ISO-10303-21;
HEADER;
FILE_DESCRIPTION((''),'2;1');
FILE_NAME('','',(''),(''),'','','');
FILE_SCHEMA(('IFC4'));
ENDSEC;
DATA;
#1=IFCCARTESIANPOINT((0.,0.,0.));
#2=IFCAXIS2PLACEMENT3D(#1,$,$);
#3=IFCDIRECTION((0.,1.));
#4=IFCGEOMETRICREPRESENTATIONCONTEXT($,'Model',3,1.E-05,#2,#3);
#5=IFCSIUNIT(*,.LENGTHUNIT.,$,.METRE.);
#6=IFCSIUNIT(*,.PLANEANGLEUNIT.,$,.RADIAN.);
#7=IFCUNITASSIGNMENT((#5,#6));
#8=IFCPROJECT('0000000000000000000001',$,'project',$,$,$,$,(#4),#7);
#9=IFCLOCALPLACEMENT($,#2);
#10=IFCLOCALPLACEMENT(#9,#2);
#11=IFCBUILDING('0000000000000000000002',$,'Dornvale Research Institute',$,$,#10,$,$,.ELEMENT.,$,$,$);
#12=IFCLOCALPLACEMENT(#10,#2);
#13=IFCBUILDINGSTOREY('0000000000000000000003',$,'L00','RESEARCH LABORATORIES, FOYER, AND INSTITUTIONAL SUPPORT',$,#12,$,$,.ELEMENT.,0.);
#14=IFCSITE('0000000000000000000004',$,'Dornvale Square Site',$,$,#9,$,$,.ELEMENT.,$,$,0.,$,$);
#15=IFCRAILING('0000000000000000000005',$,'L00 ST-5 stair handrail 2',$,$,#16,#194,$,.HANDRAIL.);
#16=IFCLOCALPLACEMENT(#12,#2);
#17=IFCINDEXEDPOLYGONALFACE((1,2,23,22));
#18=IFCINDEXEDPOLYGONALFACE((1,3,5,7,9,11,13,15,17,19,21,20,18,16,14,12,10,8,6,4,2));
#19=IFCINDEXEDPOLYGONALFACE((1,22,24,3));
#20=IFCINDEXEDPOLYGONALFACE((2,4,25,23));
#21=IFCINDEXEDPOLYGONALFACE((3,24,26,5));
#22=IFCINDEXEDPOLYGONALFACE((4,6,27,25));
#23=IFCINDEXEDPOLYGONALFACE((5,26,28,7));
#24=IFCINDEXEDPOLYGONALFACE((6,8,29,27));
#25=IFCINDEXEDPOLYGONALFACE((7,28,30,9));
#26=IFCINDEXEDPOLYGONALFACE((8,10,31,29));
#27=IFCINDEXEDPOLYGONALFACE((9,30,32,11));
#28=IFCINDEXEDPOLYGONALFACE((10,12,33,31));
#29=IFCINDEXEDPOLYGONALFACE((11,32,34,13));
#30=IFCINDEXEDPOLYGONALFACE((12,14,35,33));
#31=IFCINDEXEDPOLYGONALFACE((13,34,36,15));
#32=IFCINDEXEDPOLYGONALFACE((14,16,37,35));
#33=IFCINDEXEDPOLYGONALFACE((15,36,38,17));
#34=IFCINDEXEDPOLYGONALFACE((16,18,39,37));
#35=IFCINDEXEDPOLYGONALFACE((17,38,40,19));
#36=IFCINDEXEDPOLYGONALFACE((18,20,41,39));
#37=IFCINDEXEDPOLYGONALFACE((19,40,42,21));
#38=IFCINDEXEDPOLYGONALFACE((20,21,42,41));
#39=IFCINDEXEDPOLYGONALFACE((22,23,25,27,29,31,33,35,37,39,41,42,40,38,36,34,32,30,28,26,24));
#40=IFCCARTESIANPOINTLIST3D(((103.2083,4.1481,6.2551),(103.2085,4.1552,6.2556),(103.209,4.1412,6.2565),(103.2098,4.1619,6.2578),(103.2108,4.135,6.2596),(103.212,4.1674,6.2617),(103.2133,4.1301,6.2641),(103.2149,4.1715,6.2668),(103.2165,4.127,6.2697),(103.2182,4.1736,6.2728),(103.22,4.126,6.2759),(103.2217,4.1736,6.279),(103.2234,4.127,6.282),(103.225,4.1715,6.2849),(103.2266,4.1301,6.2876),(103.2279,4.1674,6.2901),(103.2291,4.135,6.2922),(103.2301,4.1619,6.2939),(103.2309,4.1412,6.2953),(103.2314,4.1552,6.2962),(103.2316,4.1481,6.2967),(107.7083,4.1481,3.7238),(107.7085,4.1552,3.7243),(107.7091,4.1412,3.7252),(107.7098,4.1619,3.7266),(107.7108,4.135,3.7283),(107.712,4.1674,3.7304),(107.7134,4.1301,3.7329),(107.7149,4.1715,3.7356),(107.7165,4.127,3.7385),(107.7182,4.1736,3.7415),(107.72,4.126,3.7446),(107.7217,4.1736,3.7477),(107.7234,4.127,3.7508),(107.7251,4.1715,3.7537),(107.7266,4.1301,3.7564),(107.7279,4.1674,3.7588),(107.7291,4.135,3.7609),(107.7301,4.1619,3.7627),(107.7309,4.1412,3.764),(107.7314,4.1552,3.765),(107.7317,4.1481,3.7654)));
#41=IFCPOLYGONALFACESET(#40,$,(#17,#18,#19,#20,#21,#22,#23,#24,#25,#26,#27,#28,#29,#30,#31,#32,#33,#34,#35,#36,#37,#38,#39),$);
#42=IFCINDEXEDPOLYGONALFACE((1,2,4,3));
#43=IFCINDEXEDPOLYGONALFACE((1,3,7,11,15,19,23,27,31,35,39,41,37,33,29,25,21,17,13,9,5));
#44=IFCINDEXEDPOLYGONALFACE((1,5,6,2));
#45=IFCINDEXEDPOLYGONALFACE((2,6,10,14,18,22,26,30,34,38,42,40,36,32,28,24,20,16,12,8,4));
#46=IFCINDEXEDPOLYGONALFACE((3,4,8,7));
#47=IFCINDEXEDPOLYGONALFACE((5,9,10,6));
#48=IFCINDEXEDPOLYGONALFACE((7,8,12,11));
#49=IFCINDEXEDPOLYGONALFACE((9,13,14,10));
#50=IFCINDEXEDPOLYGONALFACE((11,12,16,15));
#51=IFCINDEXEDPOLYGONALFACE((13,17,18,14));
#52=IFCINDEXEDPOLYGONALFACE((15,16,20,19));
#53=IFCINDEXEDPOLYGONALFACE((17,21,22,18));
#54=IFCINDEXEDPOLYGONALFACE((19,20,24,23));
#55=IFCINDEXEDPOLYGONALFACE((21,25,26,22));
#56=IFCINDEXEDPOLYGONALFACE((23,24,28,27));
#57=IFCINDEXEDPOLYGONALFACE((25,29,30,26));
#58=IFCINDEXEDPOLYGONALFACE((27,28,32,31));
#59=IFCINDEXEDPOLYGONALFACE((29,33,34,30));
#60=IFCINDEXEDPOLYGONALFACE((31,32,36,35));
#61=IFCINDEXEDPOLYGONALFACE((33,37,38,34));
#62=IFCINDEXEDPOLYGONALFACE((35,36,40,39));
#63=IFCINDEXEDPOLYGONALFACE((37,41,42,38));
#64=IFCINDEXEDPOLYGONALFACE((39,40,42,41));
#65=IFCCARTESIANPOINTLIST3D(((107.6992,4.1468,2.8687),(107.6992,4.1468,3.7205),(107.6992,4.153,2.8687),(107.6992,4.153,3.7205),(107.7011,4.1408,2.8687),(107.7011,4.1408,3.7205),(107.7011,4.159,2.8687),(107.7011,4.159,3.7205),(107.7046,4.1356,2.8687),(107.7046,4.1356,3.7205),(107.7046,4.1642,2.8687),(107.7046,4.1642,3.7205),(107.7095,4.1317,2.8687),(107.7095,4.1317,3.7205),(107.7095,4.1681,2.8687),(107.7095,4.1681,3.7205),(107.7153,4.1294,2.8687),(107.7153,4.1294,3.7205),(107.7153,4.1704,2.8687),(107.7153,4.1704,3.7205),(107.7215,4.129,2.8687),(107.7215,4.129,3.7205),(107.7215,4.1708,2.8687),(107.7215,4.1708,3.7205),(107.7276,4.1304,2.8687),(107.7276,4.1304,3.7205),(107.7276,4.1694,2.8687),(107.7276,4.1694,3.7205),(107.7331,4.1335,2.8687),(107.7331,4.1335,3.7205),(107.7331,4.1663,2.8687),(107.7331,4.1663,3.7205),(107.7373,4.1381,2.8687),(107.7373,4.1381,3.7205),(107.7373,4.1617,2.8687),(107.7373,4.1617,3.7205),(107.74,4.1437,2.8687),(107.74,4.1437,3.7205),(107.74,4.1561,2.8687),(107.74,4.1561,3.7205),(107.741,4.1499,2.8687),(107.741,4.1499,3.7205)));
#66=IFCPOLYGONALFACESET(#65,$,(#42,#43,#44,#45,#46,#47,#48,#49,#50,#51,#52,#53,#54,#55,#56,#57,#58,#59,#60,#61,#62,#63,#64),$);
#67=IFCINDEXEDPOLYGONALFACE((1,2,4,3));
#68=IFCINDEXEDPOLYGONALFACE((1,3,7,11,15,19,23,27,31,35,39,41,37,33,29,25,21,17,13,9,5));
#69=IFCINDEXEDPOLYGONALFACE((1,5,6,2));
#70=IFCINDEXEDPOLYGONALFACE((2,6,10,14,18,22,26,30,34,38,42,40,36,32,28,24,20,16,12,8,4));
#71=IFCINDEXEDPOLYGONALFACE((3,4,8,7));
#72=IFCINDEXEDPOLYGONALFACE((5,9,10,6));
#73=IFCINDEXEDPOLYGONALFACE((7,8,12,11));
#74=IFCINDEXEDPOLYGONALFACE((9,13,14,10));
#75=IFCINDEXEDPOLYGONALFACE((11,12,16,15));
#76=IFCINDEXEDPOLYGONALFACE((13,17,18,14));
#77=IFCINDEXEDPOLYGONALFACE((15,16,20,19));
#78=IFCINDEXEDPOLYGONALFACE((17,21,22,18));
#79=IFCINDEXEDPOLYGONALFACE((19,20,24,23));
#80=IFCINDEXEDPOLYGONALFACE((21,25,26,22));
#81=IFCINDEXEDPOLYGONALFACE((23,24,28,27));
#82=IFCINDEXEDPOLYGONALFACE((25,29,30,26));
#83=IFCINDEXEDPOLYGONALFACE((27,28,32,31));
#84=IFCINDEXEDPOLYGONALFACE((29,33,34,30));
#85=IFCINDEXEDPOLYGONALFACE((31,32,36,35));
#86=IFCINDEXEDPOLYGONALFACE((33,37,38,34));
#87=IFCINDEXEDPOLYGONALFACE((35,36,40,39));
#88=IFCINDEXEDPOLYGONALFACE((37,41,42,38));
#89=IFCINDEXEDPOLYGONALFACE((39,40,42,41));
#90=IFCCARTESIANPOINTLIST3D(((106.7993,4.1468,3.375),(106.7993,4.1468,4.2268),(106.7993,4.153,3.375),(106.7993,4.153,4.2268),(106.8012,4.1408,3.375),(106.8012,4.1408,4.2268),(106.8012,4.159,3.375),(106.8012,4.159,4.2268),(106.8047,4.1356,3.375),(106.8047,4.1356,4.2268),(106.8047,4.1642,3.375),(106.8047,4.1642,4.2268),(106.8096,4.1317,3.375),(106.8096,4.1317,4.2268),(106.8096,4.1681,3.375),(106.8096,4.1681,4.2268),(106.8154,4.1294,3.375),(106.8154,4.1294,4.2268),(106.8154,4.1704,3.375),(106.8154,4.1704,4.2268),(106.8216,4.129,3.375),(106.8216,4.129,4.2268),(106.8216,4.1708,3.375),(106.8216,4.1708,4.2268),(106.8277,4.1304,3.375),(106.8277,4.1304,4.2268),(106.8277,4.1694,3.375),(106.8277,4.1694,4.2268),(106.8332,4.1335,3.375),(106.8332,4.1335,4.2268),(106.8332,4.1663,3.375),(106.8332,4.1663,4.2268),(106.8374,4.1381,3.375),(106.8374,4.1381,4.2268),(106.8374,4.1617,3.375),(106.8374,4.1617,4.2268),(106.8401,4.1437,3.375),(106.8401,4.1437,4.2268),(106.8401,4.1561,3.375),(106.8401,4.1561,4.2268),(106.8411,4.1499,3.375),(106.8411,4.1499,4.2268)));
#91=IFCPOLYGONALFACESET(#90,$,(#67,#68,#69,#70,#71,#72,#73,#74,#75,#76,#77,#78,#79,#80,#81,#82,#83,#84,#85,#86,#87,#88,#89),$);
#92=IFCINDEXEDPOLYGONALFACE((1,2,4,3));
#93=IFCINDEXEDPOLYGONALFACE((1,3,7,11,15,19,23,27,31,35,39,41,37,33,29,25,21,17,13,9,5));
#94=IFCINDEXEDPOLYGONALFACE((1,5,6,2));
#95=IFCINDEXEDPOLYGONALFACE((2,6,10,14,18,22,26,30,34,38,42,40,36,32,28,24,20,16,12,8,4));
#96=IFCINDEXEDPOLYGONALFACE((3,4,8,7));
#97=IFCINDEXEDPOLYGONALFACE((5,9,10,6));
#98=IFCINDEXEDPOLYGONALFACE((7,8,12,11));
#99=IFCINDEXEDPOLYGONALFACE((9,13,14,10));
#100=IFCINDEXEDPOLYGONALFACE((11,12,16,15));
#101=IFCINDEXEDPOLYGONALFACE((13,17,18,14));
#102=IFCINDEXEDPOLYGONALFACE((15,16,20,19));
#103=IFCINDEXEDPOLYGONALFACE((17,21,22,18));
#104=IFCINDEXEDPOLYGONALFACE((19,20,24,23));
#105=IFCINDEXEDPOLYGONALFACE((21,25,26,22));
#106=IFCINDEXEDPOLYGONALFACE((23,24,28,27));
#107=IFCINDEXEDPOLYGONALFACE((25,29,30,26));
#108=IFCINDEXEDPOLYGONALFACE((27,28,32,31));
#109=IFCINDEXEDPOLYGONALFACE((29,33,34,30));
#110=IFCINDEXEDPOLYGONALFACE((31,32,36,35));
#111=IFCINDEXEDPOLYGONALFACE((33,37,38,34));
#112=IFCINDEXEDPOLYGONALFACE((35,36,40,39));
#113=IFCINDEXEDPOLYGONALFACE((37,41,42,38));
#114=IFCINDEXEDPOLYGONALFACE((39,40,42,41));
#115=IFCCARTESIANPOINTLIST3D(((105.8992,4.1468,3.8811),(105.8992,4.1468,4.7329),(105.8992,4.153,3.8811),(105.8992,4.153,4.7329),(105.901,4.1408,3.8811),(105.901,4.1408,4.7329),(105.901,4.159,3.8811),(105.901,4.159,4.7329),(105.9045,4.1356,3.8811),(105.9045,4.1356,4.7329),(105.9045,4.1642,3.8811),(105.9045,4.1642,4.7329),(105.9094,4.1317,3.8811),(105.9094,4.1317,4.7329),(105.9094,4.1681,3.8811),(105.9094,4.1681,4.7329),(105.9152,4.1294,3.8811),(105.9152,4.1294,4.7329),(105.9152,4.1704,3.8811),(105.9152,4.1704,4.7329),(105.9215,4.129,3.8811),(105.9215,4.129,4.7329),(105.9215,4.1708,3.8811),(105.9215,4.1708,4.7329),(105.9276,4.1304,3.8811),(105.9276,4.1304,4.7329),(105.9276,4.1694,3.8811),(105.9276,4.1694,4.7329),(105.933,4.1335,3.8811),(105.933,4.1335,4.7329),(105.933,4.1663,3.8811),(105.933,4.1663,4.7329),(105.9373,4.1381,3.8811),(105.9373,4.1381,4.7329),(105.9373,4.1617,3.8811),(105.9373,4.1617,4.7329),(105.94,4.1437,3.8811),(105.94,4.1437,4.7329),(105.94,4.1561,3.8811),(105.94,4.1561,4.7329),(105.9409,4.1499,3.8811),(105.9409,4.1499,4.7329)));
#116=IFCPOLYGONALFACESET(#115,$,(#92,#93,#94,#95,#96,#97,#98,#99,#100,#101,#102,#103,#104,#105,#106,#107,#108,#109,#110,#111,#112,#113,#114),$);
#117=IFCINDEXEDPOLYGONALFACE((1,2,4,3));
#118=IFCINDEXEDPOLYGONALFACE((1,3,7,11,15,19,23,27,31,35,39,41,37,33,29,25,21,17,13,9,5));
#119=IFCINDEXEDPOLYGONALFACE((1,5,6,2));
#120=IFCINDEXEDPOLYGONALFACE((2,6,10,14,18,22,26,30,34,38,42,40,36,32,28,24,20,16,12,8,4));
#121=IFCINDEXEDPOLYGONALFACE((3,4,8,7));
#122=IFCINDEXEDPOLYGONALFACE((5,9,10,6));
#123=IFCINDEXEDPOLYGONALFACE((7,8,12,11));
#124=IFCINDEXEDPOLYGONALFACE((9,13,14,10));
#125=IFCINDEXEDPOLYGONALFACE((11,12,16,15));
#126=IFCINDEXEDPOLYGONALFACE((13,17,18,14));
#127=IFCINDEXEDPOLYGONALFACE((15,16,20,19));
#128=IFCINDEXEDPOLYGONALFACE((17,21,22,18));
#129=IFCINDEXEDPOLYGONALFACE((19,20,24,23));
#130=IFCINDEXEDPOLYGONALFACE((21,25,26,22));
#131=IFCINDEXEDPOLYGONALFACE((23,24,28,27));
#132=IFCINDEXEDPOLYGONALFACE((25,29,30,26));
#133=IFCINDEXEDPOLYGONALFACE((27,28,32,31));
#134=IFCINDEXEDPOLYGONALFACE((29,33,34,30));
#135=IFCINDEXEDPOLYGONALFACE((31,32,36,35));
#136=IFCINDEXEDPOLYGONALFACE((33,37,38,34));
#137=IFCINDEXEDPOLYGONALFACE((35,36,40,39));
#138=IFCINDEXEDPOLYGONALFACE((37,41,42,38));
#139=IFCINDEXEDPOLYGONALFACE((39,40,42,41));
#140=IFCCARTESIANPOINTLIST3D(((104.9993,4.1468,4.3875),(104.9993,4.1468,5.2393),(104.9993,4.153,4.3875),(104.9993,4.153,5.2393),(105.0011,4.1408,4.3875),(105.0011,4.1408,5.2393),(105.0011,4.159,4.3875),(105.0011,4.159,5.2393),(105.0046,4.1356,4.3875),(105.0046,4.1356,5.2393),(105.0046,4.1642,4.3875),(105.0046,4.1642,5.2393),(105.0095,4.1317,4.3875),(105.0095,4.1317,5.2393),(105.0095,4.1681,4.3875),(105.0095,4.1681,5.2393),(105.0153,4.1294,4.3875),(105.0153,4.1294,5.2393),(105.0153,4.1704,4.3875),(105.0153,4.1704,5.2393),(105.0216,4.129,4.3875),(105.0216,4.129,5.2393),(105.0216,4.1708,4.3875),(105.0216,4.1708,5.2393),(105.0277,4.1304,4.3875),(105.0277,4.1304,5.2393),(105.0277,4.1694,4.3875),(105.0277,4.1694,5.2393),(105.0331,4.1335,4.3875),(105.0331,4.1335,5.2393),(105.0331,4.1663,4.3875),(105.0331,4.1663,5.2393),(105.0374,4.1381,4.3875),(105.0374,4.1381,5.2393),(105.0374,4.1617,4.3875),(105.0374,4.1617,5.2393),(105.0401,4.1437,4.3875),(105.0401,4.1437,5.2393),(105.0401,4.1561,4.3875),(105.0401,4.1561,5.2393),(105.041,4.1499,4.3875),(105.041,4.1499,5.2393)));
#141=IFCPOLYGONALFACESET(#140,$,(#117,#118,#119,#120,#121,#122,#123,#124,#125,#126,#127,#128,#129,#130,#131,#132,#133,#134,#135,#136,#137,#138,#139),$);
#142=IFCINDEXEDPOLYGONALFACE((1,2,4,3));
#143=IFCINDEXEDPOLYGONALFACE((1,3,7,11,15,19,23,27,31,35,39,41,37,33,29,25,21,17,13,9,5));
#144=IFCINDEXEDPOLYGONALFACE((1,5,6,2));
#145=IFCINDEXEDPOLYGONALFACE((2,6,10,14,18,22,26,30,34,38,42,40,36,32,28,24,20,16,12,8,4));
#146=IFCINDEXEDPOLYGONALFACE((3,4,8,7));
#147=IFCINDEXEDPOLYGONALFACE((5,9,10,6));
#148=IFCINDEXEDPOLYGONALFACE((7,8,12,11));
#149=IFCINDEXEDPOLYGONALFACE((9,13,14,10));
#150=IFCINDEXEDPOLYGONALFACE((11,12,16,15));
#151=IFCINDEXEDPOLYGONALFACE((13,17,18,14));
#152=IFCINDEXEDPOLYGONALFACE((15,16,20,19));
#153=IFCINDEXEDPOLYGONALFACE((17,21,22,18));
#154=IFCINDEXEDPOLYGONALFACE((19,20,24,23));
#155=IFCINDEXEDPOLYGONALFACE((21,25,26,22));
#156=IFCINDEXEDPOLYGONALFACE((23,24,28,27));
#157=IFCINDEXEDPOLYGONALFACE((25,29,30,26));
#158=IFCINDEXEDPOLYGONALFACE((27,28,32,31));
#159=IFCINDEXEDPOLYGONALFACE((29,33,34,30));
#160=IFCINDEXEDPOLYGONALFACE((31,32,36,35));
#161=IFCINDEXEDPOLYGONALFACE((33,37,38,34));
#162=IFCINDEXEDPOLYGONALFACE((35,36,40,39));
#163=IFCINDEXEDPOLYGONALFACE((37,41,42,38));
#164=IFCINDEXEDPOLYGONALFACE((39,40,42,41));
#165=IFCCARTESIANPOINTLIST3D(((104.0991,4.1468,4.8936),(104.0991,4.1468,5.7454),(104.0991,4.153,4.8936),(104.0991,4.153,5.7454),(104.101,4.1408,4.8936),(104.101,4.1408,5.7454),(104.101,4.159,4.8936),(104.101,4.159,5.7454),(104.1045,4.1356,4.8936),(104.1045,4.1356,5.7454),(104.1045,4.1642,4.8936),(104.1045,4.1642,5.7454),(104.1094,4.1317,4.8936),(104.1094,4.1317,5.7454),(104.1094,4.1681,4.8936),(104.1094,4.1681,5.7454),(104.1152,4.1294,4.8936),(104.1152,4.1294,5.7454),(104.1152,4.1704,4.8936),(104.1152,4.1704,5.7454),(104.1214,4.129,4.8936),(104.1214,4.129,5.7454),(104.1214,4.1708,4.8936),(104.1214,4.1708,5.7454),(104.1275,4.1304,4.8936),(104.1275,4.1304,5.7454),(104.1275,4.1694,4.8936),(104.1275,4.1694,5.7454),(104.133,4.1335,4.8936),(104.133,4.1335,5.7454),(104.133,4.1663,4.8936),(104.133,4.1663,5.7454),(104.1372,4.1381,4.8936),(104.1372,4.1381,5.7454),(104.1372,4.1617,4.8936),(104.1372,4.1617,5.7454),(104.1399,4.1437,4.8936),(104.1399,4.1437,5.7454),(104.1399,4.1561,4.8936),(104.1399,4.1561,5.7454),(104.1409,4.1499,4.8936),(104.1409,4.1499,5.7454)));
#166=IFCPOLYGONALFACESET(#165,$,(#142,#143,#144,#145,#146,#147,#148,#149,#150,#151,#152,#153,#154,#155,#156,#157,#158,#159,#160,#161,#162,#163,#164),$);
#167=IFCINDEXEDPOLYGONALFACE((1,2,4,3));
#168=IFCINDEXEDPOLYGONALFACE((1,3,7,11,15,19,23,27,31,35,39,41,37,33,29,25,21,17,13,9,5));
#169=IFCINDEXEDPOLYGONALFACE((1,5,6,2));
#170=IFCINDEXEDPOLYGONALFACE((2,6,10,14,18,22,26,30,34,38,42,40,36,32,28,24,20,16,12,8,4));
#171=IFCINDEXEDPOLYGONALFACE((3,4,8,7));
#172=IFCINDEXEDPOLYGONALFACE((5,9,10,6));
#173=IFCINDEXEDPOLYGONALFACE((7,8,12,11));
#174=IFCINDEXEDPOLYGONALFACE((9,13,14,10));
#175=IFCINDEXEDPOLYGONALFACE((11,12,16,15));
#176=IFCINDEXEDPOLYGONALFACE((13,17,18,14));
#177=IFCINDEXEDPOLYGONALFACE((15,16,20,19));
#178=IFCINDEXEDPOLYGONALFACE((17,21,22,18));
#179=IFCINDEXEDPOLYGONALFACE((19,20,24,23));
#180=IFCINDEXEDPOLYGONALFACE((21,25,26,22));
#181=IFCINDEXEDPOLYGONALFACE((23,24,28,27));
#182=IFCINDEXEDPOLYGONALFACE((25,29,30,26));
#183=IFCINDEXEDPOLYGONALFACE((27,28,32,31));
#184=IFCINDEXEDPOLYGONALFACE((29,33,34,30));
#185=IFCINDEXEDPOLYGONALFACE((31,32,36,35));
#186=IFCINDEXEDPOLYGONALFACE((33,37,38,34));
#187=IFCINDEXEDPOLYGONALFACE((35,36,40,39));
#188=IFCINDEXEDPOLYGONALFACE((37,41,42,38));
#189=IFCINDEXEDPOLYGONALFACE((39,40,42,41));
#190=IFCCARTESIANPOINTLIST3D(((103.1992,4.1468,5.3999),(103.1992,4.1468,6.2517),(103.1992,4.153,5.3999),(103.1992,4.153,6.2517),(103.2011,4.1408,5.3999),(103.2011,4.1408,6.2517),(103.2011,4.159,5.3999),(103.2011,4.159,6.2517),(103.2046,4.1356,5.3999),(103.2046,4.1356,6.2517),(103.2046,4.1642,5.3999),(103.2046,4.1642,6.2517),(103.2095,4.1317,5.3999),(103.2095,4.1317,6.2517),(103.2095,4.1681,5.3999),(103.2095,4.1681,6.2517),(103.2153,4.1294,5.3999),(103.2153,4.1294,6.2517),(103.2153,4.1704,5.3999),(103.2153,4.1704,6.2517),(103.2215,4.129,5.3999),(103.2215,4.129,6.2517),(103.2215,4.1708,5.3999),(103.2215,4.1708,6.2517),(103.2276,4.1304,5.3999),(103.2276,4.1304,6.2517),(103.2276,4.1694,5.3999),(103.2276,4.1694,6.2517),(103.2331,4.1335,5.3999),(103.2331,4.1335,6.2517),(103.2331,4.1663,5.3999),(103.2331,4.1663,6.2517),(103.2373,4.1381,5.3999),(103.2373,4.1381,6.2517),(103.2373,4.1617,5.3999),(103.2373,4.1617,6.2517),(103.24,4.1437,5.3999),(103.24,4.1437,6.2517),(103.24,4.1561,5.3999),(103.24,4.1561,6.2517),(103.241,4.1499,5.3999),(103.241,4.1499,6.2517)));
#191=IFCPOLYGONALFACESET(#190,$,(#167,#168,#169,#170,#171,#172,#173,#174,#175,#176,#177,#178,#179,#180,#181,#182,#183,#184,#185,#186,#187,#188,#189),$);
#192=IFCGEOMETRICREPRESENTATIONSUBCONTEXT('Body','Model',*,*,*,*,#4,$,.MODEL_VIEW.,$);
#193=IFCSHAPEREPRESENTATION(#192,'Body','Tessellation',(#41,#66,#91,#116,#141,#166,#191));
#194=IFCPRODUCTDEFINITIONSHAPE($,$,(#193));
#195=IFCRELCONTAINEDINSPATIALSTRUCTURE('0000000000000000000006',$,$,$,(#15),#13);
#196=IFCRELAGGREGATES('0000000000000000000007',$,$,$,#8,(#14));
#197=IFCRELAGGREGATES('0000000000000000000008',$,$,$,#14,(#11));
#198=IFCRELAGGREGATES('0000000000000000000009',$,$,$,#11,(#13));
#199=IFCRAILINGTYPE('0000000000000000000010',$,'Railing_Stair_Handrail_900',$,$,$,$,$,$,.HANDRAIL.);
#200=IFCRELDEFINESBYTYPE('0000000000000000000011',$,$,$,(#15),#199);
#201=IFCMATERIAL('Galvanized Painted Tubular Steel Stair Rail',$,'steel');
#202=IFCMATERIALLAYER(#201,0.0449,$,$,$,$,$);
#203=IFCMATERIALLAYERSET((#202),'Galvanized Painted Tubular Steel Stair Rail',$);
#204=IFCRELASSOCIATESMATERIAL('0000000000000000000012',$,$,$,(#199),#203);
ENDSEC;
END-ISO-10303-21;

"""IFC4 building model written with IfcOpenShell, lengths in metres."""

from ifc_helpers import new_model, si_unit, direction, frame, origin, origin_2d, place, context, subcontext, project, spatial, circle, extrude, material, layer, layer_set, type_object, element, save


model = new_model("IFC4")

# Units and contexts
model_context = context("Model", 3, precision=1e-05, world=origin(), true_north=direction((0.0, 1.0)))
body_context = subcontext(model_context, "Body", "Model", "MODEL_VIEW")
ifc_project = project(units=[si_unit("LENGTHUNIT", "METRE"), si_unit("PLANEANGLEUNIT", "RADIAN")], contexts=[model_context])

# Site, building, storey
site_placement = place(None, origin())
site = spatial("IfcSite", under=ifc_project, at=site_placement, Name="Dornvale Square Site", CompositionType="ELEMENT", RefElevation=0.0)
building_placement = place(site_placement, origin())
building = spatial("IfcBuilding", under=site, at=building_placement, Name="Dornvale Research Institute", CompositionType="ELEMENT")
storey_placement = place(building_placement, origin())
storey = spatial("IfcBuildingStorey", under=building, at=storey_placement, Name="L00", Description="RESEARCH LABORATORIES, FOYER, AND INSTITUTIONAL SUPPORT", CompositionType="ELEMENT", Elevation=0.0)

# Railing
ifc_material_1 = material(Name="Galvanized Painted Tubular Steel Stair Rail", Category="steel")
ifc_layer_1 = layer(ifc_material_1, 0.0449)
ifc_layer_set_1 = layer_set([ifc_layer_1], Name="Galvanized Painted Tubular Steel Stair Rail")
railing_type_1 = type_object("IfcRailingType", Name="Railing_Stair_Handrail_900", PredefinedType="HANDRAIL", material=ifc_layer_set_1)
railing_1_placement = place(storey_placement, frame((107.72, 4.1499, 2.8687)))
element("IfcRailing", 1, at=railing_1_placement, inside=storey, type_object=railing_type_1, Name="L00 ST-5 stair handrail 2", PredefinedType="HANDRAIL", context=body_context, shape_type="SweptSolid", body=[
    extrude(circle(Radius=0.0239, at=origin_2d()), frame((0.0, 0.0, 0.876), z_axis=(-0.871576, 0.0, 0.490261), x_axis=(0.0, -1.0, 0.0)), (0.0, 0.0, 1.0), 5.1631),
    extrude(circle(Radius=0.021, at=origin_2d()), origin(), (0.0, 0.0, 1.0), 0.8518),
    extrude(circle(Radius=0.021, at=origin_2d()), frame((-0.8999, 0.0, 0.5063)), (0.0, 0.0, 1.0), 0.8518),
    extrude(circle(Radius=0.021, at=origin_2d()), frame((-1.8, 0.0, 1.0125)), (0.0, 0.0, 1.0), 0.8518),
    extrude(circle(Radius=0.021, at=origin_2d()), frame((-2.7, 0.0, 1.5188)), (0.0, 0.0, 1.0), 0.8518),
    extrude(circle(Radius=0.021, at=origin_2d()), frame((-3.6001, 0.0, 2.0249)), (0.0, 0.0, 1.0), 0.8518),
    extrude(circle(Radius=0.021, at=origin_2d()), frame((-4.5, 0.0, 2.5312)), (0.0, 0.0, 1.0), 0.8518),
])

save(model, "model.ifc")
